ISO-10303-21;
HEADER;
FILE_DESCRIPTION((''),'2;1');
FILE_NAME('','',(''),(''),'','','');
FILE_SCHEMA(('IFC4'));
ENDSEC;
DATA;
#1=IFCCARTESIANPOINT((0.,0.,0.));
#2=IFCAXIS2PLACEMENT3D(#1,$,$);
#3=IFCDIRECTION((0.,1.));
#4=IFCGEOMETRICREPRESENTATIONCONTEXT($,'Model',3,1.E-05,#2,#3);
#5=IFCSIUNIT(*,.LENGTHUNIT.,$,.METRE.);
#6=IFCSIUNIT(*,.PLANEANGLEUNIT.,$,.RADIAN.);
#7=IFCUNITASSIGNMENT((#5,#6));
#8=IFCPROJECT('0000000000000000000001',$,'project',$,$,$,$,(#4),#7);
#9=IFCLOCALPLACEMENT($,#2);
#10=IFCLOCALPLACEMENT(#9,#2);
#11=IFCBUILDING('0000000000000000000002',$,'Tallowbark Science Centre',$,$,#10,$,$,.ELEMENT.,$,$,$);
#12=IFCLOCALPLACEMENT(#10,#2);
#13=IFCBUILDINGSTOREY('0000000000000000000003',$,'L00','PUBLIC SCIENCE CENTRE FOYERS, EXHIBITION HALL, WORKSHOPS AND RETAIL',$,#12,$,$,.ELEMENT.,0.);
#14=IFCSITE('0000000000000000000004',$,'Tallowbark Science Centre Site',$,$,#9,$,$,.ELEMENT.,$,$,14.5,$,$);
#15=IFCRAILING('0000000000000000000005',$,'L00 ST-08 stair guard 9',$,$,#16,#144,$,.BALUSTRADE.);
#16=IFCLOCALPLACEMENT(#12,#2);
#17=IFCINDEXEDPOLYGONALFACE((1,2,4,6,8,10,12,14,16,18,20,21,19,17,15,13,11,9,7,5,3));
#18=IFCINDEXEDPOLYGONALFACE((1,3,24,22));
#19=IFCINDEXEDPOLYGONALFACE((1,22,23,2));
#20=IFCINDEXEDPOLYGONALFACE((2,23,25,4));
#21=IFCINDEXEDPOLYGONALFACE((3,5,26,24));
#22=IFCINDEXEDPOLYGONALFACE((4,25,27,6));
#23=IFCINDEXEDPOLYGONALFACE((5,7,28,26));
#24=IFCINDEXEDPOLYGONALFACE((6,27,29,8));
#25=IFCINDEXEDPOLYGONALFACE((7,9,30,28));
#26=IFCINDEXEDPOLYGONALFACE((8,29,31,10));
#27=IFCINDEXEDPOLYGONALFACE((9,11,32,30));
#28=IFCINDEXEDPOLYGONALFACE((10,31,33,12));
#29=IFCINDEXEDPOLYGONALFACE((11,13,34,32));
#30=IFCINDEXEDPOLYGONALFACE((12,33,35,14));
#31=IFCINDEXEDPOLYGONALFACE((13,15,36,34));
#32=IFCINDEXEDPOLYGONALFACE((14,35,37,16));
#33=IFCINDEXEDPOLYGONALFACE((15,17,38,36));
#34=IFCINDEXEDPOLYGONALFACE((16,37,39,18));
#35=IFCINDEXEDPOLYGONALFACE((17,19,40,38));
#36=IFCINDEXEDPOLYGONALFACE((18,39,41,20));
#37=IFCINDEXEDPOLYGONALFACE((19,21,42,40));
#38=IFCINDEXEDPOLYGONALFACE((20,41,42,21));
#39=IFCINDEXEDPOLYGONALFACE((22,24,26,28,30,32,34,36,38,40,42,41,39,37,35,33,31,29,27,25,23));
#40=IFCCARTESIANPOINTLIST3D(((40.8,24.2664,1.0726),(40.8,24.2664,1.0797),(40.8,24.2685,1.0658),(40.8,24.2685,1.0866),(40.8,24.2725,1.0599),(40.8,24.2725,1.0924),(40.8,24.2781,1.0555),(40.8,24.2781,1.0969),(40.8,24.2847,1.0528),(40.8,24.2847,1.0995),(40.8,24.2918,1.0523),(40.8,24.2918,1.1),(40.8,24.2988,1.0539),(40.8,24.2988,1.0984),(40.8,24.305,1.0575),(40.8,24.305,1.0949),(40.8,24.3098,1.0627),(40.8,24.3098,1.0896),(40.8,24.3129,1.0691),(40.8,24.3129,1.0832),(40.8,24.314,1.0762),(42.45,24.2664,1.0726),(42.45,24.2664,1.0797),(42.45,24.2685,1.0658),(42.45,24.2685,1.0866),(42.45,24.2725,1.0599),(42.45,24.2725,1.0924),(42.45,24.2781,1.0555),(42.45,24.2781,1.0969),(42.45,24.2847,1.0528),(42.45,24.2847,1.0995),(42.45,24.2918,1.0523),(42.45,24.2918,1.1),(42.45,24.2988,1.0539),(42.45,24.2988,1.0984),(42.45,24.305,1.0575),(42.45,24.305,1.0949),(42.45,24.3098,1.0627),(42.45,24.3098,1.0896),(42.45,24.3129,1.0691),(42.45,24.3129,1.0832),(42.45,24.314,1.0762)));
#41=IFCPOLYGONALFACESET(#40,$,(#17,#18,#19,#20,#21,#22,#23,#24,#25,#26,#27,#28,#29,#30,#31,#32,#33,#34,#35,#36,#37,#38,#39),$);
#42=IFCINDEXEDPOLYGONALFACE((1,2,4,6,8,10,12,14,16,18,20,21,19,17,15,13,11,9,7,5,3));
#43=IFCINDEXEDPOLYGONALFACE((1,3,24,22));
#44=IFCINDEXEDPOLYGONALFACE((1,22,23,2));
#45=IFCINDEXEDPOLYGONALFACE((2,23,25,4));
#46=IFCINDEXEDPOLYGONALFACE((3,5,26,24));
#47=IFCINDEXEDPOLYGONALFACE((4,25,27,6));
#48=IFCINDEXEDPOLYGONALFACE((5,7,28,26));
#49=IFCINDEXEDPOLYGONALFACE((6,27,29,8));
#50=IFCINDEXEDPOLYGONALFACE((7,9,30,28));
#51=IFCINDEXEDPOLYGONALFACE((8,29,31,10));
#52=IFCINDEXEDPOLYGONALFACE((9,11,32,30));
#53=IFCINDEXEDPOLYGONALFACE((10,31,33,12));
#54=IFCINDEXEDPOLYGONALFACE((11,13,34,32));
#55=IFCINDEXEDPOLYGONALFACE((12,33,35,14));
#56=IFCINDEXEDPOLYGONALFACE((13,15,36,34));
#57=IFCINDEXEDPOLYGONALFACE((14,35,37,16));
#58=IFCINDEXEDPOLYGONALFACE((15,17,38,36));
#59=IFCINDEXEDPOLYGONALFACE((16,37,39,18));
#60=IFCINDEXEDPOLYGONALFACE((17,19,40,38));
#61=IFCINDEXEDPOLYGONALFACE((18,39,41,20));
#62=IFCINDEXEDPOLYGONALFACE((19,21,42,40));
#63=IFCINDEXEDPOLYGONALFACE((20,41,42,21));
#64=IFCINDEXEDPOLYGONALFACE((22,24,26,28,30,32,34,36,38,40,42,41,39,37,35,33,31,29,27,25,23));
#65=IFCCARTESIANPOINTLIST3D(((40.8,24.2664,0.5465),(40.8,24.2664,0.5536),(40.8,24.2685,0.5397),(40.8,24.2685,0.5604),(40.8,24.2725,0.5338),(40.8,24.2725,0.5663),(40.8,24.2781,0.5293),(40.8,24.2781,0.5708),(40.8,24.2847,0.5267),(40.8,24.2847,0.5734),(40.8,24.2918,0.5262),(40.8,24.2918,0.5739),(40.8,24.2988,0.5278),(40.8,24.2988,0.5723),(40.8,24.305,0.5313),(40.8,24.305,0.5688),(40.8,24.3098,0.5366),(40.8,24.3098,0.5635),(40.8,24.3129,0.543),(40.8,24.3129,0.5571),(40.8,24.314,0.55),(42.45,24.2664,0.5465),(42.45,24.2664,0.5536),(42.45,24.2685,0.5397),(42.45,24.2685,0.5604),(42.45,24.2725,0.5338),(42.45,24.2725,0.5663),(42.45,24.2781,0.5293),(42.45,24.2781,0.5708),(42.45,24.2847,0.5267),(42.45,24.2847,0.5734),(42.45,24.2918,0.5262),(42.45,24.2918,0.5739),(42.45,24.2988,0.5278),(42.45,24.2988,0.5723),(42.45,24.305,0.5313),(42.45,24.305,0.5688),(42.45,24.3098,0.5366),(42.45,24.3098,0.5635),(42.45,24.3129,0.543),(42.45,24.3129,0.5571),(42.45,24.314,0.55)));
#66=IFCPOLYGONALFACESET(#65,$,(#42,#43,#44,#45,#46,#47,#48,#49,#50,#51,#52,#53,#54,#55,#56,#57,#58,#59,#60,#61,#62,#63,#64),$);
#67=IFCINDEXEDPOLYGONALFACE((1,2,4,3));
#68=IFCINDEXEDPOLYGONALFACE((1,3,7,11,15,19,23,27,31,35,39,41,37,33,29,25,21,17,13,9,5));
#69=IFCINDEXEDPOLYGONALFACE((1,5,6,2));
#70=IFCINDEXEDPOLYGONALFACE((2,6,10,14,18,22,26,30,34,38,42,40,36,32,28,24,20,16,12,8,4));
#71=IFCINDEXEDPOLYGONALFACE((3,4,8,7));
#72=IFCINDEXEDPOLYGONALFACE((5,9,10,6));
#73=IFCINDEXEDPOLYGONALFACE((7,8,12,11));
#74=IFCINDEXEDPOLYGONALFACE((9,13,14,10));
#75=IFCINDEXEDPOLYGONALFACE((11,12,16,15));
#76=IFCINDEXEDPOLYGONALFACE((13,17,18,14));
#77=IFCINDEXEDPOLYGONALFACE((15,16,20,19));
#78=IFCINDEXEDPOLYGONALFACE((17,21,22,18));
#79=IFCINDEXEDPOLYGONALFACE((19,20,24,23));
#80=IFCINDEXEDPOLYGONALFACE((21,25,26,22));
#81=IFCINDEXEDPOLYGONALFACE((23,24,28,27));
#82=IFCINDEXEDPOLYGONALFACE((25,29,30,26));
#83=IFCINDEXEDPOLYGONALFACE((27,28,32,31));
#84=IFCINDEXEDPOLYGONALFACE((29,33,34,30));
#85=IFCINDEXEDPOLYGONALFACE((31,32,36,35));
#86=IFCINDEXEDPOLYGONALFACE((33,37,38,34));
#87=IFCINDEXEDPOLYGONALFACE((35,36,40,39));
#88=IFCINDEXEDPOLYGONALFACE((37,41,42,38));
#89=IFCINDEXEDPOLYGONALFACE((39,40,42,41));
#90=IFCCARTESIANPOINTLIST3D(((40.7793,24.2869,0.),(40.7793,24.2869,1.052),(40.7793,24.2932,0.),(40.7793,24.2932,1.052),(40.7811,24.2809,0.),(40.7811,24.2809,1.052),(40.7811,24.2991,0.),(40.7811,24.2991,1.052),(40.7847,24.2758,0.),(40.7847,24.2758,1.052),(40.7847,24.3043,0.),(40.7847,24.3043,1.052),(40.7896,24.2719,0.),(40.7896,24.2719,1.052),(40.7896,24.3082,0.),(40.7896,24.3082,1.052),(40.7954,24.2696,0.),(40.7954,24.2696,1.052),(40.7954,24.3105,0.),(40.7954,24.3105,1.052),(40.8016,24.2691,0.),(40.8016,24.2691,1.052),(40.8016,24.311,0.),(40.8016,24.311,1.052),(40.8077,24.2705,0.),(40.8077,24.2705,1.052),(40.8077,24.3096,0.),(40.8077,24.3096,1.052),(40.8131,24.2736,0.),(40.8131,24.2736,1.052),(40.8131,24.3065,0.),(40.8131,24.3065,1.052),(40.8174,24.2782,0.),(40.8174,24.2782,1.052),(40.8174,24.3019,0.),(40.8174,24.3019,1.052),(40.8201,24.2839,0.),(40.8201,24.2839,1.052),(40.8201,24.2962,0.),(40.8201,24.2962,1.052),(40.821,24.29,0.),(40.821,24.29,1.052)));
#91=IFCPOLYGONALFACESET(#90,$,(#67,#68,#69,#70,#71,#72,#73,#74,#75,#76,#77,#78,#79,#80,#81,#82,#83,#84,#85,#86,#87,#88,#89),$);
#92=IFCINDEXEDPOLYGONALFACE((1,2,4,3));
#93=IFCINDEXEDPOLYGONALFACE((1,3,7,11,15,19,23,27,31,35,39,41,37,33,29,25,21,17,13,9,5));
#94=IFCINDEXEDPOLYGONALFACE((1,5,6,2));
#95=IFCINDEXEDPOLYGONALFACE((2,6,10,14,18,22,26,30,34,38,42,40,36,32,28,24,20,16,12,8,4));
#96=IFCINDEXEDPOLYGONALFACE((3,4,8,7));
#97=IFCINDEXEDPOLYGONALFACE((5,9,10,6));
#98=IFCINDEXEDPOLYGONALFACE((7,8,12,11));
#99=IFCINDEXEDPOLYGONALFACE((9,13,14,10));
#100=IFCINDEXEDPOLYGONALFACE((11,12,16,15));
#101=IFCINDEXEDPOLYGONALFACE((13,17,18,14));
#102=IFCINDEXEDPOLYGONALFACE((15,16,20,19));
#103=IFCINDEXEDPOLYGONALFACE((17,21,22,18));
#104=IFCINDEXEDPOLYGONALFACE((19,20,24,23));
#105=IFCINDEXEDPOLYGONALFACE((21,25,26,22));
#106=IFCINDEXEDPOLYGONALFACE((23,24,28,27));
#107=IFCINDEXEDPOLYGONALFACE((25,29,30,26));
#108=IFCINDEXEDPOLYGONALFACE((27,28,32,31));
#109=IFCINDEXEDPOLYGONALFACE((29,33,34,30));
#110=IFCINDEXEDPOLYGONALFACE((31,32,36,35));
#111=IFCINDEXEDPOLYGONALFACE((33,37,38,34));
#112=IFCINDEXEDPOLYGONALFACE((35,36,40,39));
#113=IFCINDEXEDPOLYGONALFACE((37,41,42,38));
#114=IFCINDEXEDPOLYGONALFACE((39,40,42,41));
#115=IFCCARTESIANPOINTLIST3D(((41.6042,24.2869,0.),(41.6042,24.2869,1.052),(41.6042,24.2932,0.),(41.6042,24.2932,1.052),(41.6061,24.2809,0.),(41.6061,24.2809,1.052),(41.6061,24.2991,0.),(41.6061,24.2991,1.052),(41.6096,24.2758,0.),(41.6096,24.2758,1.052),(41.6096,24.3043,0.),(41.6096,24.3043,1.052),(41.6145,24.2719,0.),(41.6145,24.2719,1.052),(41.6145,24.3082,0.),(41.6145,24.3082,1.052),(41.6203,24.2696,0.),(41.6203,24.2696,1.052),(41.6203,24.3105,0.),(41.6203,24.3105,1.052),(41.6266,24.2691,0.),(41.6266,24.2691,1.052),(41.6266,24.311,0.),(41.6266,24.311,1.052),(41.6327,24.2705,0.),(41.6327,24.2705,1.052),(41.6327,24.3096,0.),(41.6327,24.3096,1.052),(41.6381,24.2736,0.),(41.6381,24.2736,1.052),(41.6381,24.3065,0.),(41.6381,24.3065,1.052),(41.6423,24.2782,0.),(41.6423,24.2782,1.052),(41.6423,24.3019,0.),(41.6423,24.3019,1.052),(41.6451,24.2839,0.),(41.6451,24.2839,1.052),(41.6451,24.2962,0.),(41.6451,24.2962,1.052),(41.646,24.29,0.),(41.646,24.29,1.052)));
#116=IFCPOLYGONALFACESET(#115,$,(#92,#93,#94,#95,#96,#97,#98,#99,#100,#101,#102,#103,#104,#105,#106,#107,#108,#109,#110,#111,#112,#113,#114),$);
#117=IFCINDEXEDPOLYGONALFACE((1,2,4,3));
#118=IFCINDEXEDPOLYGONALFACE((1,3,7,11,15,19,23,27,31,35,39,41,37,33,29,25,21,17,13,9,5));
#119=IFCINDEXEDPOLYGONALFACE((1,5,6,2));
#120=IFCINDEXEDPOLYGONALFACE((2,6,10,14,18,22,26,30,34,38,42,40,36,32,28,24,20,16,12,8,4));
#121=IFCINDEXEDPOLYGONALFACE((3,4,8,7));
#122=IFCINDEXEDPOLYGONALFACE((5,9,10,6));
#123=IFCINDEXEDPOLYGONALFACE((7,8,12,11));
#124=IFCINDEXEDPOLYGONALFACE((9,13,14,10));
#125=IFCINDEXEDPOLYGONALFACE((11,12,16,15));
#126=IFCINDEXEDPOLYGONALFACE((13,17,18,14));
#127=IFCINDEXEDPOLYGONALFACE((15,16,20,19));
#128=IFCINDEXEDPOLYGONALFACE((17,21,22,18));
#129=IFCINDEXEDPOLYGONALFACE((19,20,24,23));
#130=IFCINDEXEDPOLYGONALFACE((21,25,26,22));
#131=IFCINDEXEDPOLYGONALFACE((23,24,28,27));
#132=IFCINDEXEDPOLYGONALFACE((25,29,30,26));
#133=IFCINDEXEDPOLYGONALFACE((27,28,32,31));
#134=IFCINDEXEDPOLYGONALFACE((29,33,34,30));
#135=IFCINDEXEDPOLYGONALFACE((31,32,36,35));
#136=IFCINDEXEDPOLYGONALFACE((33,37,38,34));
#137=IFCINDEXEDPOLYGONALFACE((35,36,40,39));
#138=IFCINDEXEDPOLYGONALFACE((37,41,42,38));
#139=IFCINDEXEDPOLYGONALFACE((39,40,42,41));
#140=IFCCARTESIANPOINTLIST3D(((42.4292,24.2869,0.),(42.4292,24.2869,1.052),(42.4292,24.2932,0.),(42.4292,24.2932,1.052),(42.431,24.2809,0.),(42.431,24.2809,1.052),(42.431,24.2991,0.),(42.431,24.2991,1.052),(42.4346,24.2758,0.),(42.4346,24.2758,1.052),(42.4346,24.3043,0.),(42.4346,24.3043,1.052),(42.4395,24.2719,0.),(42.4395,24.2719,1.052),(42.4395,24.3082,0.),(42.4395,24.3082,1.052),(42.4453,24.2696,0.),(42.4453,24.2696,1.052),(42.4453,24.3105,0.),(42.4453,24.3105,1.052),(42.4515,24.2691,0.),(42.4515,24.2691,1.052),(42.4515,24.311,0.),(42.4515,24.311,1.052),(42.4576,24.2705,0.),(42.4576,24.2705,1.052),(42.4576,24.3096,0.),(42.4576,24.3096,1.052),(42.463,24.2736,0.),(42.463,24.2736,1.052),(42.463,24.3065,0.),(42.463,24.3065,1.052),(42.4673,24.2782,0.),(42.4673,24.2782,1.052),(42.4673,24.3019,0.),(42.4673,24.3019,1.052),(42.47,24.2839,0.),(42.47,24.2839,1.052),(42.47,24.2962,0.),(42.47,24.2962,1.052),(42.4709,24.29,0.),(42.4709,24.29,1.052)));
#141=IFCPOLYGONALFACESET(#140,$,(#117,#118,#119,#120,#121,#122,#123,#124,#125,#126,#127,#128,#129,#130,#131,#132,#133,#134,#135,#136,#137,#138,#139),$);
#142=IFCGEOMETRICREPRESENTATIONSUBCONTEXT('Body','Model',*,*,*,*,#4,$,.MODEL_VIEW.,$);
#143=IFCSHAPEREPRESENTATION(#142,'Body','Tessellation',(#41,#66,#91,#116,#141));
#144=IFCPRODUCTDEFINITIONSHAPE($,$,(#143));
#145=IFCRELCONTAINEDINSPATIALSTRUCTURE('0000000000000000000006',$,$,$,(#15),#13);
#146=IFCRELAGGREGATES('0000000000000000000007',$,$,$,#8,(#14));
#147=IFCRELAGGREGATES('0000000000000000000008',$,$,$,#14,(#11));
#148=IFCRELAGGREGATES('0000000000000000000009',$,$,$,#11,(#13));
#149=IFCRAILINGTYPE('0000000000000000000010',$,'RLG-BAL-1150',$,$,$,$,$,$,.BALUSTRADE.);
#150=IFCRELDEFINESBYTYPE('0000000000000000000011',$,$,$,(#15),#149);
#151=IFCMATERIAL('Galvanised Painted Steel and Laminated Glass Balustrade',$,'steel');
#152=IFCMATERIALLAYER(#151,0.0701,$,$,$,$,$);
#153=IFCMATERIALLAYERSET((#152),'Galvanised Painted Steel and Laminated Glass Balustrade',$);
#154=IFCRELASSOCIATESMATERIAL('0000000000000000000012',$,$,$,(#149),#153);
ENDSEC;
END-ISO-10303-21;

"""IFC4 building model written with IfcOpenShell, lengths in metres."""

from ifc_helpers import new_model, si_unit, direction, frame, origin, origin_2d, place, context, subcontext, project, spatial, circle, extrude, material, layer, layer_set, type_object, element, save


model = new_model("IFC4")

# Units and contexts
model_context = context("Model", 3, precision=1e-05, world=origin(), true_north=direction((0.0, 1.0)))
body_context = subcontext(model_context, "Body", "Model", "MODEL_VIEW")
ifc_project = project(units=[si_unit("LENGTHUNIT", "METRE"), si_unit("PLANEANGLEUNIT", "RADIAN")], contexts=[model_context])

# Site, building, storey
site_placement = place(None, origin())
site = spatial("IfcSite", under=ifc_project, at=site_placement, Name="Tallowbark Science Centre Site", CompositionType="ELEMENT", RefElevation=14.5)
building_placement = place(site_placement, origin())
building = spatial("IfcBuilding", under=site, at=building_placement, Name="Tallowbark Science Centre", CompositionType="ELEMENT")
storey_placement = place(building_placement, origin())
storey = spatial("IfcBuildingStorey", under=building, at=storey_placement, Name="L00", Description="PUBLIC SCIENCE CENTRE FOYERS, EXHIBITION HALL, WORKSHOPS AND RETAIL", CompositionType="ELEMENT", Elevation=0.0)

# Railing
ifc_material_1 = material(Name="Galvanised Painted Steel and Laminated Glass Balustrade", Category="steel")
ifc_layer_1 = layer(ifc_material_1, 0.0701)
ifc_layer_set_1 = layer_set([ifc_layer_1], Name="Galvanised Painted Steel and Laminated Glass Balustrade")
railing_type = type_object("IfcRailingType", Name="RLG-BAL-1150", PredefinedType="BALUSTRADE", material=ifc_layer_set_1)
railing_placement = place(storey_placement, frame((40.8, 24.29, 0.0)))
element("IfcRailing", 1, at=railing_placement, inside=storey, type_object=railing_type, Name="L00 ST-08 stair guard 9", PredefinedType="BALUSTRADE", context=body_context, shape_type="SweptSolid", body=[
    extrude(circle(Radius=0.0239, at=origin_2d()), frame((0.0, 0.0, 1.0762), z_axis=(1.0, 0.0, 0.0), x_axis=(0.0, 1.0, 0.0)), (0.0, 0.0, 1.0), 1.6499),
    extrude(circle(Radius=0.0239, at=origin_2d()), frame((0.0, 0.0, 0.55), z_axis=(1.0, 0.0, 0.0), x_axis=(0.0, 1.0, 0.0)), (0.0, 0.0, 1.0), 1.6499),
    extrude(circle(Radius=0.021, at=origin_2d()), origin(), (0.0, 0.0, 1.0), 1.052),
    extrude(circle(Radius=0.021, at=origin_2d()), frame((0.825, 0.0, 0.0)), (0.0, 0.0, 1.0), 1.052),
    extrude(circle(Radius=0.021, at=origin_2d()), frame((1.6499, 0.0, 0.0)), (0.0, 0.0, 1.0), 1.052),
])

save(model, "model.ifc")
